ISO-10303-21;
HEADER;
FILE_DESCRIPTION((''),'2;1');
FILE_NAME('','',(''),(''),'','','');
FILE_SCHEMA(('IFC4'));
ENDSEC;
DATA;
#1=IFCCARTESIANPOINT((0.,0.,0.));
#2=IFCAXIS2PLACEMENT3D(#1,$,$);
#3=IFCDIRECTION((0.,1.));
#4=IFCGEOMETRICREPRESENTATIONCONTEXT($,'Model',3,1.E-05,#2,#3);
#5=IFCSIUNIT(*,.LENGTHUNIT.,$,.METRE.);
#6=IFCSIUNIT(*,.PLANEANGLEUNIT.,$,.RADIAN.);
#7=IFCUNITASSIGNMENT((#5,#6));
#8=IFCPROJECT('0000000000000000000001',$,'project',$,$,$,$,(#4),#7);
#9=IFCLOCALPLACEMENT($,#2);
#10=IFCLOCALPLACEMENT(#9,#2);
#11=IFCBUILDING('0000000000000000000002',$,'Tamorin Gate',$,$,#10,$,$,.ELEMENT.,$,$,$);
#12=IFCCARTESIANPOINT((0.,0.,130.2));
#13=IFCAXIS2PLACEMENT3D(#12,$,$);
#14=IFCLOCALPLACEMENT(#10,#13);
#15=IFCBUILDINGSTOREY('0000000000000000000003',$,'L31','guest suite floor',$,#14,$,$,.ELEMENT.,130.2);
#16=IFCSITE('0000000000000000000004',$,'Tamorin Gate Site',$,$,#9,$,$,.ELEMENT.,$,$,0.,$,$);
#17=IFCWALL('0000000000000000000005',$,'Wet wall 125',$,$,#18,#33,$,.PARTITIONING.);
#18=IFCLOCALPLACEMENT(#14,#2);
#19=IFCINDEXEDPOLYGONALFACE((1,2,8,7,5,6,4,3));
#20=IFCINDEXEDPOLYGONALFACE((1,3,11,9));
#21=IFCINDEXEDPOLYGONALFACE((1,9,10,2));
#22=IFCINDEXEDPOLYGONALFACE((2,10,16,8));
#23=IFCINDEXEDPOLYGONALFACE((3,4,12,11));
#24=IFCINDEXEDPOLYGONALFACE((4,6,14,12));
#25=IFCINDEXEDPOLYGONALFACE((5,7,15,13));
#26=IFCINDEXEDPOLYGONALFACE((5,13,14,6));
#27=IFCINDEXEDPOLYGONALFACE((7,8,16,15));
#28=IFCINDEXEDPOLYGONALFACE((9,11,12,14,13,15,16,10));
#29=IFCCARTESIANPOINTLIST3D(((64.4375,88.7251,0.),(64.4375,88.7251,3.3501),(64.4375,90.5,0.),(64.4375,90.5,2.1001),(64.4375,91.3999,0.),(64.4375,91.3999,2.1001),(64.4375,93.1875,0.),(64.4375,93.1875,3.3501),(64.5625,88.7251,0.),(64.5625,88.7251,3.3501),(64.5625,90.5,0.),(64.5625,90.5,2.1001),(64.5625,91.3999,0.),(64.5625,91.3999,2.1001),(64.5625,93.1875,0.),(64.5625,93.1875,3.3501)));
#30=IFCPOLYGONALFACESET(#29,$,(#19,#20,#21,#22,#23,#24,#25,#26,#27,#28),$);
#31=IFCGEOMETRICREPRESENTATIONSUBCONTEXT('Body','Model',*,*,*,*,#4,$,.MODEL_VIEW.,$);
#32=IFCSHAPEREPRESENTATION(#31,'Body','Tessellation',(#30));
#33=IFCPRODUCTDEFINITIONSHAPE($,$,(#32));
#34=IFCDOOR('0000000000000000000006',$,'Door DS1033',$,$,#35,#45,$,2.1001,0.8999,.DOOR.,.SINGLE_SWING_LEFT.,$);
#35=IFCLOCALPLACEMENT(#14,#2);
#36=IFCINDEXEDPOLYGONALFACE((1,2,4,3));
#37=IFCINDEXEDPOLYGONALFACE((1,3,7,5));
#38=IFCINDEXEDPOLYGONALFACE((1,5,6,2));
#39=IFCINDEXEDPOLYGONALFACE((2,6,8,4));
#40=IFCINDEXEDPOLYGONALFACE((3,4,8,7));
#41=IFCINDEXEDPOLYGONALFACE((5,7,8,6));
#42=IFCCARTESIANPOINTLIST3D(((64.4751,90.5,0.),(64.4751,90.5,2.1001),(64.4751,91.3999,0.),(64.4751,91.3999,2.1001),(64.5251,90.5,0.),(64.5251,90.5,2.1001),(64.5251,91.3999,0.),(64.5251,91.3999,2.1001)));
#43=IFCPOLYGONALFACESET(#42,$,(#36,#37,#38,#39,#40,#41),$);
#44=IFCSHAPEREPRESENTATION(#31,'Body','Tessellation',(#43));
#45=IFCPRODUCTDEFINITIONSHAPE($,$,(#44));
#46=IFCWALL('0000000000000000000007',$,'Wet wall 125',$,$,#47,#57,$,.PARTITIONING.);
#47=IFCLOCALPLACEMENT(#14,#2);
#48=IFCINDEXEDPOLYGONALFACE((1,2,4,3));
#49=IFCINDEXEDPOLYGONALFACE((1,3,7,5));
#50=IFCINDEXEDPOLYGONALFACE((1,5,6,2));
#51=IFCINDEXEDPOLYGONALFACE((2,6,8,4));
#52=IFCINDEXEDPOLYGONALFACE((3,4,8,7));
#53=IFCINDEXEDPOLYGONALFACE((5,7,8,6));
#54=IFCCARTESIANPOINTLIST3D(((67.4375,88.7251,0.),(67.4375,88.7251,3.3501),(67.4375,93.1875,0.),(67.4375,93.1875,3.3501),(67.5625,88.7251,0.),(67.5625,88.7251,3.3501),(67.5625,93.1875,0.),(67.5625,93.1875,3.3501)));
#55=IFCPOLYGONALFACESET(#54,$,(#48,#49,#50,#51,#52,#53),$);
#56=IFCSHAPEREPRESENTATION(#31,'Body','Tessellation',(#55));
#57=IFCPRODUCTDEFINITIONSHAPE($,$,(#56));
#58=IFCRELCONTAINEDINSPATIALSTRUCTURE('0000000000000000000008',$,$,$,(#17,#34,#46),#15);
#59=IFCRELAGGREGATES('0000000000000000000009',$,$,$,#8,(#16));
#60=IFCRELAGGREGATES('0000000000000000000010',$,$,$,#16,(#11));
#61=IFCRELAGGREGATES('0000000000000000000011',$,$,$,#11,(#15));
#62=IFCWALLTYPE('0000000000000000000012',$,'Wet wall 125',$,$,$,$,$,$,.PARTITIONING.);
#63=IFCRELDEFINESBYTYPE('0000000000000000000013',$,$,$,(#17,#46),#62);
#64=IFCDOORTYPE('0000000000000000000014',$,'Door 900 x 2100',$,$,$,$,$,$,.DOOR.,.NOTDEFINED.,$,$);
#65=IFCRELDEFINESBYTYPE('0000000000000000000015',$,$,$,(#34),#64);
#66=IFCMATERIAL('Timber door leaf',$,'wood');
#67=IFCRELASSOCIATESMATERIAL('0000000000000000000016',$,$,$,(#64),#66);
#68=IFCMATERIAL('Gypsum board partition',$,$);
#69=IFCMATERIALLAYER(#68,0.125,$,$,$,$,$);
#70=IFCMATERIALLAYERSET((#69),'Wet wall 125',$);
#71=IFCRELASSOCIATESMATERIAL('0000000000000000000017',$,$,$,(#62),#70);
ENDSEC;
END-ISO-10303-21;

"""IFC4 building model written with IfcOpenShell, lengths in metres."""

from ifc_helpers import new_model, si_unit, direction, frame, frame_2d, origin, place, context, subcontext, project, spatial, rectangle, extrude, material, layer, layer_set, type_object, element, fill, save


model = new_model("IFC4")

# Units and contexts
model_context = context("Model", 3, precision=1e-05, world=origin(), true_north=direction((0.0, 1.0)))
body_context = subcontext(model_context, "Body", "Model", "MODEL_VIEW")
ifc_project = project(units=[si_unit("LENGTHUNIT", "METRE"), si_unit("PLANEANGLEUNIT", "RADIAN")], contexts=[model_context])

# Site, building, storey
site_placement = place(None, origin())
site = spatial("IfcSite", under=ifc_project, at=site_placement, Name="Tamorin Gate Site", CompositionType="ELEMENT", RefElevation=0.0)
building_placement = place(site_placement, origin())
building = spatial("IfcBuilding", under=site, at=building_placement, Name="Tamorin Gate", CompositionType="ELEMENT")
storey_placement = place(building_placement, frame((0.0, 0.0, 130.2)))
storey = spatial("IfcBuildingStorey", under=building, at=storey_placement, Name="L31", Description="guest suite floor", CompositionType="ELEMENT", Elevation=130.2)

# Shared definitions
ifc_material_1 = material(Name="Gypsum board partition")

# Shared definitions
ifc_material_2 = material(Name="Timber door leaf", Category="wood")
door_type = type_object("IfcDoorType", Name="Door 900 x 2100", OperationType="NOTDEFINED", PredefinedType="DOOR", material=ifc_material_2)

# Shared definitions
ifc_layer_1 = layer(ifc_material_1, 0.125)
ifc_layer_set_1 = layer_set([ifc_layer_1], Name="Wet wall 125")
wall_type_1 = type_object("IfcWallType", Name="Wet wall 125", PredefinedType="PARTITIONING", material=ifc_layer_set_1)

# Wall, opening, door
wall_1_placement = place(storey_placement, frame((64.5, 88.7251, 0.0), z_axis=(0.0, 0.0, 1.0), x_axis=(0.0, 1.0, 0.0)))
wall_1 = element("IfcWall", 1, at=wall_1_placement, inside=storey, type_object=wall_type_1, Name="Wet wall 125", PredefinedType="PARTITIONING", context=body_context, shape_type="SweptSolid", body=[
    extrude(rectangle(XDim=4.4624, YDim=0.125, at=frame_2d((2.2312, 0.0))), origin(), (0.0, 0.0, 1.0), 3.3501),
])
opening_1_placement = place(wall_1_placement, frame((1.7749, 0.0, 0.0)))
opening_1 = element("IfcOpeningElement", 2, at=opening_1_placement, cuts=wall_1, PredefinedType="OPENING", context=body_context, shape_type="SweptSolid", body=[
    extrude(rectangle(XDim=0.8999, YDim=2.1001, at=frame_2d((0.45, 1.05))), frame((0.0, 0.0725, 0.0), z_axis=(0.0, -1.0, 0.0), x_axis=(1.0, 0.0, 0.0)), (0.0, 0.0, 1.0), 0.145),
])
door_1_placement = place(opening_1_placement, origin())
door_1 = element("IfcDoor", 3, at=door_1_placement, inside=storey, type_object=door_type, Name="Door DS1033", OperationType="SINGLE_SWING_LEFT", OverallHeight=2.1001, OverallWidth=0.8999, PredefinedType="DOOR", context=body_context, shape_type="SweptSolid", body=[
    extrude(rectangle(XDim=0.8999, YDim=2.1001, at=frame_2d((0.45, 1.05))), frame((0.0, 0.0249, 0.0), z_axis=(0.0, -1.0, 0.0), x_axis=(1.0, 0.0, 0.0)), (0.0, 0.0, 1.0), 0.05),
])
fill(opening_1, door_1)

# Wall
wall_2_placement = place(storey_placement, frame((67.5, 88.7251, 0.0), z_axis=(0.0, 0.0, 1.0), x_axis=(0.0, 1.0, 0.0)))
element("IfcWall", 4, at=wall_2_placement, inside=storey, type_object=wall_type_1, Name="Wet wall 125", PredefinedType="PARTITIONING", context=body_context, shape_type="SweptSolid", body=[
    extrude(rectangle(XDim=4.4624, YDim=0.125, at=frame_2d((2.2312, 0.0))), origin(), (0.0, 0.0, 1.0), 3.3501),
])

save(model, "model.ifc")
